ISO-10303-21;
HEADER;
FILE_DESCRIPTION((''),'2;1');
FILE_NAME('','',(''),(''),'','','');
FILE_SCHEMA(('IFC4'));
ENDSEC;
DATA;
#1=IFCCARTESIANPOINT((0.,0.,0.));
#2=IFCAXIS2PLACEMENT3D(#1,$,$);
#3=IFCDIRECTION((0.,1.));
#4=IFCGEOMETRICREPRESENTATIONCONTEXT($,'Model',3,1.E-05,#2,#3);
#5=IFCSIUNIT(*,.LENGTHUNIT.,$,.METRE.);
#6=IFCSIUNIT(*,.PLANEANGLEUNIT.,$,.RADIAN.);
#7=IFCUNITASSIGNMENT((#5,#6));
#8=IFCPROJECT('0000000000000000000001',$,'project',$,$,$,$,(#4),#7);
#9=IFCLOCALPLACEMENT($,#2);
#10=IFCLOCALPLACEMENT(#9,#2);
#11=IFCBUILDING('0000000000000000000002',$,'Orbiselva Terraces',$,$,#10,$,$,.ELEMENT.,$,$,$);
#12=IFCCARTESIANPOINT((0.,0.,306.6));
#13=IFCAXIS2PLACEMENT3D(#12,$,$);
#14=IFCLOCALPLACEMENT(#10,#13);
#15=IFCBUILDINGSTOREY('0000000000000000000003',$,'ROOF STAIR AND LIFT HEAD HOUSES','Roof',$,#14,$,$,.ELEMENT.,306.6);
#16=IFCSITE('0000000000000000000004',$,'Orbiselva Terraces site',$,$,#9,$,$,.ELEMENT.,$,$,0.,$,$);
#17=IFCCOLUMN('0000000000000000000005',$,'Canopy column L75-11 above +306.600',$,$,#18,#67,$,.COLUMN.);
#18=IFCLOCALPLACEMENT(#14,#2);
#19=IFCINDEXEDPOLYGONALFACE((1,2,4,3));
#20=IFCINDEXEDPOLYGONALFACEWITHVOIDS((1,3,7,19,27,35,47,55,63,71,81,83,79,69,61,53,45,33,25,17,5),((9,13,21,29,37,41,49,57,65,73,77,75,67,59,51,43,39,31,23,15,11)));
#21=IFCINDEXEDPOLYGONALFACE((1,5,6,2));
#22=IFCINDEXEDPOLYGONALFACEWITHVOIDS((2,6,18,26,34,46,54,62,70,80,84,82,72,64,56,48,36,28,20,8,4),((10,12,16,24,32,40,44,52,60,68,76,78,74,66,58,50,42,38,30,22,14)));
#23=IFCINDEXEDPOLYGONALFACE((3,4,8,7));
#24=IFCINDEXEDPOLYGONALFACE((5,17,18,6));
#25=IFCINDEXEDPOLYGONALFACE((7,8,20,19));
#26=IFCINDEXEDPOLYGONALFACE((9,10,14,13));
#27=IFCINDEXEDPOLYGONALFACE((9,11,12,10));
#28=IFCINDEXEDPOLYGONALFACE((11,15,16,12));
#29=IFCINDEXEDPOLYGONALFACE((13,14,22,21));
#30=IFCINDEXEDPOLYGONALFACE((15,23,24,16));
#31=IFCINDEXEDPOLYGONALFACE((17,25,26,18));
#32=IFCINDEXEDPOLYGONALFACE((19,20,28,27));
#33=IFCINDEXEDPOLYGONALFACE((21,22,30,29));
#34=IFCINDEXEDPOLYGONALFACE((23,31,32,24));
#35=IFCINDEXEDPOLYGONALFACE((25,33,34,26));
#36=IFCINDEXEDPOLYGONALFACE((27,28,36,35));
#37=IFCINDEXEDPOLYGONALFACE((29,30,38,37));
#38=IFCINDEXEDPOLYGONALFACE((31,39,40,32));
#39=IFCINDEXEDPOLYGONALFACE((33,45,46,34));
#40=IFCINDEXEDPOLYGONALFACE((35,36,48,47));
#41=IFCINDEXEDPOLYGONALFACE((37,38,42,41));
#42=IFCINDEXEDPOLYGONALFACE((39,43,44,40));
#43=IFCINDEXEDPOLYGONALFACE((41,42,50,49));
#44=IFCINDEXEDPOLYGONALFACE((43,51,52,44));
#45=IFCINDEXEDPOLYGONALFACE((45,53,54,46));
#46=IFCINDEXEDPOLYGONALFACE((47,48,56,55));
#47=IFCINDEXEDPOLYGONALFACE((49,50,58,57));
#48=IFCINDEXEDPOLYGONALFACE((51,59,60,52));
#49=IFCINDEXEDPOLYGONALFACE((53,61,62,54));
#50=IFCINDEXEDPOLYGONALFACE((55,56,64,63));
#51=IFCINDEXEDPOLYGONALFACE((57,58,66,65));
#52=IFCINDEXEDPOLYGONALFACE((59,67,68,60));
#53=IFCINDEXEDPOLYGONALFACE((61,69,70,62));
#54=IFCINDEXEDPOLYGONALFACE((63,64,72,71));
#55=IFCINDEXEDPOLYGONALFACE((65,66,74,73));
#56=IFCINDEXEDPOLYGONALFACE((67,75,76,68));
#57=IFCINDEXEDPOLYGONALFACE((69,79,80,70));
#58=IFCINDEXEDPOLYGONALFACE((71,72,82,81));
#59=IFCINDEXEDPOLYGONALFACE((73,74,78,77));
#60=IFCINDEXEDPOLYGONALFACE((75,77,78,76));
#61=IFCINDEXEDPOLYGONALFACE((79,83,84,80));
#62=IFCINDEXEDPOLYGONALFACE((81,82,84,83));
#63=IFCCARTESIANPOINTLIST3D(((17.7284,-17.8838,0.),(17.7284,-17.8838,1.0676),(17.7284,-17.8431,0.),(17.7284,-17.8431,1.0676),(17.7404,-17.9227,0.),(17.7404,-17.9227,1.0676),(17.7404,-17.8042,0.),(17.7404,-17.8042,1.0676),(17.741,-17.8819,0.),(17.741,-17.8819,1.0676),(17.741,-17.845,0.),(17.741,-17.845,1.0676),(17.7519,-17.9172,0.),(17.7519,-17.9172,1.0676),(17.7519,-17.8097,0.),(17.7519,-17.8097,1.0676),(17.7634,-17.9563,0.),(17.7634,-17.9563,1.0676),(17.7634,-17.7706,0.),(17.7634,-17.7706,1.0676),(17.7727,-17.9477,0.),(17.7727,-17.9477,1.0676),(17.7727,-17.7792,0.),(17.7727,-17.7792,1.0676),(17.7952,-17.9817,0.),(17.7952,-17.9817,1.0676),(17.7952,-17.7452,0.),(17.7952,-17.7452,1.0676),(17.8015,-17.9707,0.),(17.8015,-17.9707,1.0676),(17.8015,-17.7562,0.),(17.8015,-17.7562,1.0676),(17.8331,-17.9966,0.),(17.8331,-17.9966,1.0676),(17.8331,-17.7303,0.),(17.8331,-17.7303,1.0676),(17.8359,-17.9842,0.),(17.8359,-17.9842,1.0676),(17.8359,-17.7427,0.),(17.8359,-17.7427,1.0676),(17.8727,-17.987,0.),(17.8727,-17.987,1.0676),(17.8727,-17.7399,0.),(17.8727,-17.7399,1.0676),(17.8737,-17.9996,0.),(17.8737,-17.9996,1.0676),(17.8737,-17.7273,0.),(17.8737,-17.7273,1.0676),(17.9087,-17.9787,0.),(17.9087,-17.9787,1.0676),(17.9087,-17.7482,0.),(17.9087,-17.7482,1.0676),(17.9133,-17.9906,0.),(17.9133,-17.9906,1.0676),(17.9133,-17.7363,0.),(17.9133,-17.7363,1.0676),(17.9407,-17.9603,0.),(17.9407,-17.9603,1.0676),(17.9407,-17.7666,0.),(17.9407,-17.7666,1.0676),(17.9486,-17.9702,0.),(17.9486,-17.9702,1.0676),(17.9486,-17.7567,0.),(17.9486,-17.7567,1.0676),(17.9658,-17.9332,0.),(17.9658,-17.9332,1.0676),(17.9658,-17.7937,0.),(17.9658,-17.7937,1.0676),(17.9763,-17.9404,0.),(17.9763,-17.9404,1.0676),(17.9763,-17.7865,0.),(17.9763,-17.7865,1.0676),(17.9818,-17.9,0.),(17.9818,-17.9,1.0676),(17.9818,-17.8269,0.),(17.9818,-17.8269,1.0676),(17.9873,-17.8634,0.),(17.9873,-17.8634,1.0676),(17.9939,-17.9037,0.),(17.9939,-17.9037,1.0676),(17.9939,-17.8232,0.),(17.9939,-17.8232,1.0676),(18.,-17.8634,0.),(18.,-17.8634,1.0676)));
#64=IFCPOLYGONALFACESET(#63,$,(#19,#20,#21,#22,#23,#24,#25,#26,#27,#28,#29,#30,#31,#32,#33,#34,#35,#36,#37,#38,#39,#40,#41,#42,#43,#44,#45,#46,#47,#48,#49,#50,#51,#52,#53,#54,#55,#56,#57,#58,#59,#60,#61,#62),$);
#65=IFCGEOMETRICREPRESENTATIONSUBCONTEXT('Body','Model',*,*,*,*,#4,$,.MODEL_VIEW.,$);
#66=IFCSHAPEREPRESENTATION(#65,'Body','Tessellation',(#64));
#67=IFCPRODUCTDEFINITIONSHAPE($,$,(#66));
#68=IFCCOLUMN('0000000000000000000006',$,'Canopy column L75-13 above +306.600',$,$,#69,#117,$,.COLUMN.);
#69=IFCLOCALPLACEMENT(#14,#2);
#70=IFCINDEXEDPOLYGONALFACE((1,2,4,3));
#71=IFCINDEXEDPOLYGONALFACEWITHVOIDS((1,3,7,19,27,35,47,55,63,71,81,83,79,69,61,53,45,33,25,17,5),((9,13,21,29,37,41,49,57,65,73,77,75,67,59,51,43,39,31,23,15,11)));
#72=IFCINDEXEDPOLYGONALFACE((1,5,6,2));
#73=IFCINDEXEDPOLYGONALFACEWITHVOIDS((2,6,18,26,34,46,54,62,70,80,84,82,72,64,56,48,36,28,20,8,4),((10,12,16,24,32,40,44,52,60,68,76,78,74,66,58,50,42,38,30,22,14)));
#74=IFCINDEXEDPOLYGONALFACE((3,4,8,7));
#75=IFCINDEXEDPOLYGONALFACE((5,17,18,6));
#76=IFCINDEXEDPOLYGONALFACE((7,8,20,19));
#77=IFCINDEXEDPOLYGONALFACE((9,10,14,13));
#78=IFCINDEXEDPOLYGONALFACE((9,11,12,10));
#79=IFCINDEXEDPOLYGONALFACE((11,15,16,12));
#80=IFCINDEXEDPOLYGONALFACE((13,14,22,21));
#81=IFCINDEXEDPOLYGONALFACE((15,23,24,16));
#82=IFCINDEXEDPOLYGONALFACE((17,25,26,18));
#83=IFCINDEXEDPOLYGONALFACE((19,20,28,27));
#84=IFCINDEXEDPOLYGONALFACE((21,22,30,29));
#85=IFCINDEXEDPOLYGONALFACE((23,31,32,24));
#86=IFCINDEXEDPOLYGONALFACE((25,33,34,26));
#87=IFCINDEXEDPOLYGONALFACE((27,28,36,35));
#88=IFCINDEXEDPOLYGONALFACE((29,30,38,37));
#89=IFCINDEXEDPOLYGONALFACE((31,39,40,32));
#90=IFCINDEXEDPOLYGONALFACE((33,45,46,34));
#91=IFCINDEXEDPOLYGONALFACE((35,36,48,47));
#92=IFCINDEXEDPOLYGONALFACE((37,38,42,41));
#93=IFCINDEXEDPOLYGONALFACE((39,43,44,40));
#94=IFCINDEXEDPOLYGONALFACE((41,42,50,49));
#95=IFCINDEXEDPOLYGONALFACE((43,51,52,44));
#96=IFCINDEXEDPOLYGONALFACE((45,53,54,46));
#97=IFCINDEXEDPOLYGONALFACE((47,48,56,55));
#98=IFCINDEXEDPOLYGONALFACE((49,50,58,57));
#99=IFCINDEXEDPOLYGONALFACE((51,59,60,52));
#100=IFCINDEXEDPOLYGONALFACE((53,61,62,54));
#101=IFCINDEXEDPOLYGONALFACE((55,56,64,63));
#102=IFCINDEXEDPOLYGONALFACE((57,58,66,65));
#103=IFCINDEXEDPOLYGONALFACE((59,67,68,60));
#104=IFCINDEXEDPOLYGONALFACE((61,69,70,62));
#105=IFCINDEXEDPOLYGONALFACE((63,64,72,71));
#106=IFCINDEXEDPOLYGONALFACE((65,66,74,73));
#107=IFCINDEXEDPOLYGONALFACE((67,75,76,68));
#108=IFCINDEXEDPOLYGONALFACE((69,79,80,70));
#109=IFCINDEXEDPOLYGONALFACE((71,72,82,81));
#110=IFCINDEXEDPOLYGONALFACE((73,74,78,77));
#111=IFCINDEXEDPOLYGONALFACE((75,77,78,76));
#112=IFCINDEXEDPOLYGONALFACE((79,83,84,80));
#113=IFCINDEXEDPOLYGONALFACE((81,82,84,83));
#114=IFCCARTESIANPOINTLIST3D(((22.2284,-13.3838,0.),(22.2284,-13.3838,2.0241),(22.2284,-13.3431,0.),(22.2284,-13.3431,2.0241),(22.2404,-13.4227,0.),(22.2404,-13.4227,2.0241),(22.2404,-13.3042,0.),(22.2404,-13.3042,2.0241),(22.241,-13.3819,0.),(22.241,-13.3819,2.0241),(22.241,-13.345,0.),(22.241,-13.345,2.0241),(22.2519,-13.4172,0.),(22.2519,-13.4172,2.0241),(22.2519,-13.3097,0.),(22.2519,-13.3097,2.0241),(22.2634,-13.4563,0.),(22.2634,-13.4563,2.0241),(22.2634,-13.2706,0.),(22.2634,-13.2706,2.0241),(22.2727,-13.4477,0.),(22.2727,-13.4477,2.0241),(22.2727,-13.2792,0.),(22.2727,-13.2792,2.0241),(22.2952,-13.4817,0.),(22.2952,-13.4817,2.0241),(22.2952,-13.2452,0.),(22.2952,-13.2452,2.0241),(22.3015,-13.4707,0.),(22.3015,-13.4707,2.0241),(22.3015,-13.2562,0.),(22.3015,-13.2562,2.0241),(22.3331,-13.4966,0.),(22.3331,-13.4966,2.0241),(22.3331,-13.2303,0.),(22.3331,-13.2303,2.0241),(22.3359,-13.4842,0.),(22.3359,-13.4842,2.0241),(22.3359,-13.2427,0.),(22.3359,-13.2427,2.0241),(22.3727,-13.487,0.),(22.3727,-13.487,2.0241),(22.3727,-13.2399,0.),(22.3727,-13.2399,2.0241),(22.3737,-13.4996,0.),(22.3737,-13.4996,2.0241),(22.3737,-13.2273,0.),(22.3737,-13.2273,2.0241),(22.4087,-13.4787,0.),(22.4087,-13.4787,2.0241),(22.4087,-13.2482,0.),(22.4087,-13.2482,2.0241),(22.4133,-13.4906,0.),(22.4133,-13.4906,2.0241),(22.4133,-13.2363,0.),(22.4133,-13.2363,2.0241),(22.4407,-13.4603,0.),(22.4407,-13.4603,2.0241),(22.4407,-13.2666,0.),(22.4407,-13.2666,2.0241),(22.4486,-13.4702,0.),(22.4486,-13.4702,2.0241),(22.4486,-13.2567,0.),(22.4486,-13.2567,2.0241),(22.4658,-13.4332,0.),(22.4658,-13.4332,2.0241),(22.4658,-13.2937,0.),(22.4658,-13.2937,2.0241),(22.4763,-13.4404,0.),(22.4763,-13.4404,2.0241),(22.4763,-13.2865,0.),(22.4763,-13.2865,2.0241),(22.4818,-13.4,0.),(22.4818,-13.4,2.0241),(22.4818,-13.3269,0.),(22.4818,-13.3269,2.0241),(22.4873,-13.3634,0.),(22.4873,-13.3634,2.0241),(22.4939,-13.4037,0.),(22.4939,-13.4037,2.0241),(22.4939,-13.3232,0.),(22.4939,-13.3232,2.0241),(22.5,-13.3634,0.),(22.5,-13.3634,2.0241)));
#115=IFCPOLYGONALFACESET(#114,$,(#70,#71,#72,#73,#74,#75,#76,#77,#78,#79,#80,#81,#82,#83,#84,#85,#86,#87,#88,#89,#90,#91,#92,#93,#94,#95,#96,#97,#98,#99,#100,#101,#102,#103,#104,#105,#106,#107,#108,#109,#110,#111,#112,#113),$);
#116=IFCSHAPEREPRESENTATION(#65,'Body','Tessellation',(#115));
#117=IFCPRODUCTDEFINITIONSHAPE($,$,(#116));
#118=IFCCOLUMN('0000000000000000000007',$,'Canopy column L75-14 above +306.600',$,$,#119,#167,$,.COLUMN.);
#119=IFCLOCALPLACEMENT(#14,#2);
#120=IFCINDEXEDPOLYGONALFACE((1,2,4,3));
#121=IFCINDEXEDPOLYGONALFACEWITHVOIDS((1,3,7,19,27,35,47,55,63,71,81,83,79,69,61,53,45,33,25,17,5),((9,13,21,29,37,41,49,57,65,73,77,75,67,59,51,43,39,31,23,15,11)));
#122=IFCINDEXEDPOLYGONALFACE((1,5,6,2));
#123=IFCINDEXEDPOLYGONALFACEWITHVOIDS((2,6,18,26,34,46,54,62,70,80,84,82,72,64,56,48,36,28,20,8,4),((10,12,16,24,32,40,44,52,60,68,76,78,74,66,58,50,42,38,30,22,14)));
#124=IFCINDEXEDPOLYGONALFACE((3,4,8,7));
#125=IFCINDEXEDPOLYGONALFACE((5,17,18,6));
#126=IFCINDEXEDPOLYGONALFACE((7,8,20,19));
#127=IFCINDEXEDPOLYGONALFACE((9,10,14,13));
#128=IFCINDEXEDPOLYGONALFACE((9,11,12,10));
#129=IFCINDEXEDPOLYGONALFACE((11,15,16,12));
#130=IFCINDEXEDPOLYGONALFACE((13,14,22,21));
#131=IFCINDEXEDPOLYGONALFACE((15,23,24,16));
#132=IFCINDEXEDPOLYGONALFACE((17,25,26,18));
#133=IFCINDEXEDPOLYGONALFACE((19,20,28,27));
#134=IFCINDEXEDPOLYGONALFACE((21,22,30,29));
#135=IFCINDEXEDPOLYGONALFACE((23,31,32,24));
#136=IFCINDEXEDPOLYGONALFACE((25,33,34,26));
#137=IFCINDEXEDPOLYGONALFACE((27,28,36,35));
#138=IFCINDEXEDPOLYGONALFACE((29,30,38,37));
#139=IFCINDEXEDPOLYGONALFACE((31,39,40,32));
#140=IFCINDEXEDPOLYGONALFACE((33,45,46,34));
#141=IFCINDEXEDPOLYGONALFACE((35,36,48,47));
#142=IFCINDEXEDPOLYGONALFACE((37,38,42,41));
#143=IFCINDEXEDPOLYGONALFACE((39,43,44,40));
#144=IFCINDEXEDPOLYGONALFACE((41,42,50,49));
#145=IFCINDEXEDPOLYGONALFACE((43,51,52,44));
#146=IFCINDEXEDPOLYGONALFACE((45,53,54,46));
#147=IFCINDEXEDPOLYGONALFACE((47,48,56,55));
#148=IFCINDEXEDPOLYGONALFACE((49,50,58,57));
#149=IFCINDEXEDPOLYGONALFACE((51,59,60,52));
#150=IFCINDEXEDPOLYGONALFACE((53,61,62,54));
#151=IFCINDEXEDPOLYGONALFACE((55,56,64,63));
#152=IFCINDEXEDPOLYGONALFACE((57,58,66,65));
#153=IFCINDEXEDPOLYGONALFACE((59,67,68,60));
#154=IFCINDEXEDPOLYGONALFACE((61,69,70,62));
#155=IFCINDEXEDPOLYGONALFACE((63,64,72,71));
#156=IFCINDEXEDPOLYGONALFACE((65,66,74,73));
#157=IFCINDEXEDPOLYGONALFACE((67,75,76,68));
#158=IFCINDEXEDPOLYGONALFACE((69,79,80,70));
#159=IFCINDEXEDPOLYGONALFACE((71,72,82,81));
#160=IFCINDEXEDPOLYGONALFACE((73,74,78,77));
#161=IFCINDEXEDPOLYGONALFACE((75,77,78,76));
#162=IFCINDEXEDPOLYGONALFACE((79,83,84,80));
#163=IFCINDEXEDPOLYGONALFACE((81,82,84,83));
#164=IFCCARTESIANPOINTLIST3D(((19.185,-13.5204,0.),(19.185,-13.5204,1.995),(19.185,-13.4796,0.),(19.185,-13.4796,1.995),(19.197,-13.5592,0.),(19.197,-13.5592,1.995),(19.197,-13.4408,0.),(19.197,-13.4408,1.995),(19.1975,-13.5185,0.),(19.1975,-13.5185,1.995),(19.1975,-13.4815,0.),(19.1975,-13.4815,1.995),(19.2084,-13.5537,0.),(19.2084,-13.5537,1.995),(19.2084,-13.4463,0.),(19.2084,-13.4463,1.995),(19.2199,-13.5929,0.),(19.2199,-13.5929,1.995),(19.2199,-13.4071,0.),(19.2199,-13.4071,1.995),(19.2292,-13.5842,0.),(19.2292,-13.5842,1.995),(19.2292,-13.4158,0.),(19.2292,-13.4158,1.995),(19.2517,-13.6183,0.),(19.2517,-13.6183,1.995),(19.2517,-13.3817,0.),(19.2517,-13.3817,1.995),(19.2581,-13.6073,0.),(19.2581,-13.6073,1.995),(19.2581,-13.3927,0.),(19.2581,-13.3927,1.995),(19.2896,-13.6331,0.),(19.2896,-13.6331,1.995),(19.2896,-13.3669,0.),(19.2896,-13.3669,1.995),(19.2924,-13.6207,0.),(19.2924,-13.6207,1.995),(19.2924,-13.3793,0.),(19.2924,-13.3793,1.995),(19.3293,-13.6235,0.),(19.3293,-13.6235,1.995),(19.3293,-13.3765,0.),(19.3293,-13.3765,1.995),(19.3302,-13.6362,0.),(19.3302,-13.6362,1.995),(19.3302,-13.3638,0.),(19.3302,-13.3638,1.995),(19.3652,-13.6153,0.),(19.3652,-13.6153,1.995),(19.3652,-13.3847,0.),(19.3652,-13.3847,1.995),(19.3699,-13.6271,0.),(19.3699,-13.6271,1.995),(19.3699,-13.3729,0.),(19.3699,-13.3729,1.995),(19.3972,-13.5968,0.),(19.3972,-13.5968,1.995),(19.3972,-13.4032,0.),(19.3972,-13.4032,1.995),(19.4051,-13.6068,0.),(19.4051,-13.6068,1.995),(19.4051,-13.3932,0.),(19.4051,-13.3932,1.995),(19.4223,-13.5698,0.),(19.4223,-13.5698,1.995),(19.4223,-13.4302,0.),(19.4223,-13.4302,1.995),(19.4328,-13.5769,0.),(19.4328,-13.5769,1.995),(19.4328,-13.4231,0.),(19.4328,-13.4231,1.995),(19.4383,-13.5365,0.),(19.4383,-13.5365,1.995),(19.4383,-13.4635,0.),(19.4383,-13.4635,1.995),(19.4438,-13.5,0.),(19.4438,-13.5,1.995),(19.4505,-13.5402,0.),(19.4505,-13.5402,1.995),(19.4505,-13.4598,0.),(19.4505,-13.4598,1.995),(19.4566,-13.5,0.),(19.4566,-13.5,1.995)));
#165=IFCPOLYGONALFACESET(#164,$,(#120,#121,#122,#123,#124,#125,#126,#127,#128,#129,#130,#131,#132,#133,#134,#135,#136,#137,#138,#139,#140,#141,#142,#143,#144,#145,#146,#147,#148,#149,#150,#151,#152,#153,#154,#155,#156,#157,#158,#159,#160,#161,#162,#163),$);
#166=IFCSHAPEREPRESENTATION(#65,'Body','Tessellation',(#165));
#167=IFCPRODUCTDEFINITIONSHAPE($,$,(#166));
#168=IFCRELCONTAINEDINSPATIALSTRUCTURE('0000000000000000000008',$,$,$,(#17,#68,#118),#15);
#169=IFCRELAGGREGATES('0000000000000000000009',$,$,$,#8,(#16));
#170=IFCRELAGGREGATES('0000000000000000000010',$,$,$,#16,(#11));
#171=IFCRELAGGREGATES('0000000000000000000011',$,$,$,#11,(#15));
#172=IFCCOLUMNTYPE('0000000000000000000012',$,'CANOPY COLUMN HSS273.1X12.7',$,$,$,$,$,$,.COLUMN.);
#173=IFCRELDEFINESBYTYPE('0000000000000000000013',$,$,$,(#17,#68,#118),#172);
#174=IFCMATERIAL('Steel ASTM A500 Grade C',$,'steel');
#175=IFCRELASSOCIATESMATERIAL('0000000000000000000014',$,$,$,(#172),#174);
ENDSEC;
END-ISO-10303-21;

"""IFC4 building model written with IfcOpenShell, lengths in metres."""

from ifc_helpers import new_model, si_unit, direction, frame, origin, origin_2d, place, context, subcontext, project, spatial, hollow_circle, extrude, material, material_profile, profile_set, type_object, element, save


model = new_model("IFC4")

# Units and contexts
model_context = context("Model", 3, precision=1e-05, world=origin(), true_north=direction((0.0, 1.0)))
body_context = subcontext(model_context, "Body", "Model", "MODEL_VIEW")
ifc_project = project(units=[si_unit("LENGTHUNIT", "METRE"), si_unit("PLANEANGLEUNIT", "RADIAN")], contexts=[model_context])

# Site, building, storey
site_placement = place(None, origin())
site = spatial("IfcSite", under=ifc_project, at=site_placement, Name="Orbiselva Terraces site", CompositionType="ELEMENT", RefElevation=0.0)
building_placement = place(site_placement, origin())
building = spatial("IfcBuilding", under=site, at=building_placement, Name="Orbiselva Terraces", CompositionType="ELEMENT")
storey_placement = place(building_placement, frame((0.0, 0.0, 306.6)))
storey = spatial("IfcBuildingStorey", under=building, at=storey_placement, Name="ROOF STAIR AND LIFT HEAD HOUSES", Description="Roof", CompositionType="ELEMENT", Elevation=306.6)

# Columns
ifc_material = material(Name="Steel ASTM A500 Grade C", Category="steel")
ifc_material_profile_1 = material_profile(ifc_material, hollow_circle(Radius=0.1366, WallThickness=0.0127, at=origin_2d()), Name="HSS273.1X12.7")
ifc_profile_set_1 = profile_set([ifc_material_profile_1], Name="Steel ASTM A500 Grade C")
column_type = type_object("IfcColumnType", Name="CANOPY COLUMN HSS273.1X12.7", PredefinedType="COLUMN", material=ifc_profile_set_1)
column_1_placement = place(storey_placement, frame((17.8635, -17.8635, 0.0), z_axis=(0.0, 0.0, 1.0), x_axis=(1.0, 0.0, 0.0)))
element("IfcColumn", 1, at=column_1_placement, inside=storey, type_object=column_type, Name="Canopy column L75-11 above +306.600", PredefinedType="COLUMN", context=body_context, shape_type="SweptSolid", body=[
    extrude(hollow_circle(Radius=0.1366, WallThickness=0.0127, at=origin_2d()), origin(), (0.0, 0.0, 1.0), 1.0676),
])
column_2_placement = place(storey_placement, frame((22.3635, -13.3635, 0.0), z_axis=(0.0, 0.0, 1.0), x_axis=(1.0, 0.0, 0.0)))
element("IfcColumn", 2, at=column_2_placement, inside=storey, type_object=column_type, Name="Canopy column L75-13 above +306.600", PredefinedType="COLUMN", context=body_context, shape_type="SweptSolid", body=[
    extrude(hollow_circle(Radius=0.1366, WallThickness=0.0127, at=origin_2d()), origin(), (0.0, 0.0, 1.0), 2.0241),
])
column_3_placement = place(storey_placement, frame((19.32, -13.5, 0.0), z_axis=(0.0, 0.0, 1.0), x_axis=(1.0, 0.0, 0.0)))
element("IfcColumn", 3, at=column_3_placement, inside=storey, type_object=column_type, Name="Canopy column L75-14 above +306.600", PredefinedType="COLUMN", context=body_context, shape_type="SweptSolid", body=[
    extrude(hollow_circle(Radius=0.1366, WallThickness=0.0127, at=origin_2d()), origin(), (0.0, 0.0, 1.0), 1.995),
])

save(model, "model.ifc")
